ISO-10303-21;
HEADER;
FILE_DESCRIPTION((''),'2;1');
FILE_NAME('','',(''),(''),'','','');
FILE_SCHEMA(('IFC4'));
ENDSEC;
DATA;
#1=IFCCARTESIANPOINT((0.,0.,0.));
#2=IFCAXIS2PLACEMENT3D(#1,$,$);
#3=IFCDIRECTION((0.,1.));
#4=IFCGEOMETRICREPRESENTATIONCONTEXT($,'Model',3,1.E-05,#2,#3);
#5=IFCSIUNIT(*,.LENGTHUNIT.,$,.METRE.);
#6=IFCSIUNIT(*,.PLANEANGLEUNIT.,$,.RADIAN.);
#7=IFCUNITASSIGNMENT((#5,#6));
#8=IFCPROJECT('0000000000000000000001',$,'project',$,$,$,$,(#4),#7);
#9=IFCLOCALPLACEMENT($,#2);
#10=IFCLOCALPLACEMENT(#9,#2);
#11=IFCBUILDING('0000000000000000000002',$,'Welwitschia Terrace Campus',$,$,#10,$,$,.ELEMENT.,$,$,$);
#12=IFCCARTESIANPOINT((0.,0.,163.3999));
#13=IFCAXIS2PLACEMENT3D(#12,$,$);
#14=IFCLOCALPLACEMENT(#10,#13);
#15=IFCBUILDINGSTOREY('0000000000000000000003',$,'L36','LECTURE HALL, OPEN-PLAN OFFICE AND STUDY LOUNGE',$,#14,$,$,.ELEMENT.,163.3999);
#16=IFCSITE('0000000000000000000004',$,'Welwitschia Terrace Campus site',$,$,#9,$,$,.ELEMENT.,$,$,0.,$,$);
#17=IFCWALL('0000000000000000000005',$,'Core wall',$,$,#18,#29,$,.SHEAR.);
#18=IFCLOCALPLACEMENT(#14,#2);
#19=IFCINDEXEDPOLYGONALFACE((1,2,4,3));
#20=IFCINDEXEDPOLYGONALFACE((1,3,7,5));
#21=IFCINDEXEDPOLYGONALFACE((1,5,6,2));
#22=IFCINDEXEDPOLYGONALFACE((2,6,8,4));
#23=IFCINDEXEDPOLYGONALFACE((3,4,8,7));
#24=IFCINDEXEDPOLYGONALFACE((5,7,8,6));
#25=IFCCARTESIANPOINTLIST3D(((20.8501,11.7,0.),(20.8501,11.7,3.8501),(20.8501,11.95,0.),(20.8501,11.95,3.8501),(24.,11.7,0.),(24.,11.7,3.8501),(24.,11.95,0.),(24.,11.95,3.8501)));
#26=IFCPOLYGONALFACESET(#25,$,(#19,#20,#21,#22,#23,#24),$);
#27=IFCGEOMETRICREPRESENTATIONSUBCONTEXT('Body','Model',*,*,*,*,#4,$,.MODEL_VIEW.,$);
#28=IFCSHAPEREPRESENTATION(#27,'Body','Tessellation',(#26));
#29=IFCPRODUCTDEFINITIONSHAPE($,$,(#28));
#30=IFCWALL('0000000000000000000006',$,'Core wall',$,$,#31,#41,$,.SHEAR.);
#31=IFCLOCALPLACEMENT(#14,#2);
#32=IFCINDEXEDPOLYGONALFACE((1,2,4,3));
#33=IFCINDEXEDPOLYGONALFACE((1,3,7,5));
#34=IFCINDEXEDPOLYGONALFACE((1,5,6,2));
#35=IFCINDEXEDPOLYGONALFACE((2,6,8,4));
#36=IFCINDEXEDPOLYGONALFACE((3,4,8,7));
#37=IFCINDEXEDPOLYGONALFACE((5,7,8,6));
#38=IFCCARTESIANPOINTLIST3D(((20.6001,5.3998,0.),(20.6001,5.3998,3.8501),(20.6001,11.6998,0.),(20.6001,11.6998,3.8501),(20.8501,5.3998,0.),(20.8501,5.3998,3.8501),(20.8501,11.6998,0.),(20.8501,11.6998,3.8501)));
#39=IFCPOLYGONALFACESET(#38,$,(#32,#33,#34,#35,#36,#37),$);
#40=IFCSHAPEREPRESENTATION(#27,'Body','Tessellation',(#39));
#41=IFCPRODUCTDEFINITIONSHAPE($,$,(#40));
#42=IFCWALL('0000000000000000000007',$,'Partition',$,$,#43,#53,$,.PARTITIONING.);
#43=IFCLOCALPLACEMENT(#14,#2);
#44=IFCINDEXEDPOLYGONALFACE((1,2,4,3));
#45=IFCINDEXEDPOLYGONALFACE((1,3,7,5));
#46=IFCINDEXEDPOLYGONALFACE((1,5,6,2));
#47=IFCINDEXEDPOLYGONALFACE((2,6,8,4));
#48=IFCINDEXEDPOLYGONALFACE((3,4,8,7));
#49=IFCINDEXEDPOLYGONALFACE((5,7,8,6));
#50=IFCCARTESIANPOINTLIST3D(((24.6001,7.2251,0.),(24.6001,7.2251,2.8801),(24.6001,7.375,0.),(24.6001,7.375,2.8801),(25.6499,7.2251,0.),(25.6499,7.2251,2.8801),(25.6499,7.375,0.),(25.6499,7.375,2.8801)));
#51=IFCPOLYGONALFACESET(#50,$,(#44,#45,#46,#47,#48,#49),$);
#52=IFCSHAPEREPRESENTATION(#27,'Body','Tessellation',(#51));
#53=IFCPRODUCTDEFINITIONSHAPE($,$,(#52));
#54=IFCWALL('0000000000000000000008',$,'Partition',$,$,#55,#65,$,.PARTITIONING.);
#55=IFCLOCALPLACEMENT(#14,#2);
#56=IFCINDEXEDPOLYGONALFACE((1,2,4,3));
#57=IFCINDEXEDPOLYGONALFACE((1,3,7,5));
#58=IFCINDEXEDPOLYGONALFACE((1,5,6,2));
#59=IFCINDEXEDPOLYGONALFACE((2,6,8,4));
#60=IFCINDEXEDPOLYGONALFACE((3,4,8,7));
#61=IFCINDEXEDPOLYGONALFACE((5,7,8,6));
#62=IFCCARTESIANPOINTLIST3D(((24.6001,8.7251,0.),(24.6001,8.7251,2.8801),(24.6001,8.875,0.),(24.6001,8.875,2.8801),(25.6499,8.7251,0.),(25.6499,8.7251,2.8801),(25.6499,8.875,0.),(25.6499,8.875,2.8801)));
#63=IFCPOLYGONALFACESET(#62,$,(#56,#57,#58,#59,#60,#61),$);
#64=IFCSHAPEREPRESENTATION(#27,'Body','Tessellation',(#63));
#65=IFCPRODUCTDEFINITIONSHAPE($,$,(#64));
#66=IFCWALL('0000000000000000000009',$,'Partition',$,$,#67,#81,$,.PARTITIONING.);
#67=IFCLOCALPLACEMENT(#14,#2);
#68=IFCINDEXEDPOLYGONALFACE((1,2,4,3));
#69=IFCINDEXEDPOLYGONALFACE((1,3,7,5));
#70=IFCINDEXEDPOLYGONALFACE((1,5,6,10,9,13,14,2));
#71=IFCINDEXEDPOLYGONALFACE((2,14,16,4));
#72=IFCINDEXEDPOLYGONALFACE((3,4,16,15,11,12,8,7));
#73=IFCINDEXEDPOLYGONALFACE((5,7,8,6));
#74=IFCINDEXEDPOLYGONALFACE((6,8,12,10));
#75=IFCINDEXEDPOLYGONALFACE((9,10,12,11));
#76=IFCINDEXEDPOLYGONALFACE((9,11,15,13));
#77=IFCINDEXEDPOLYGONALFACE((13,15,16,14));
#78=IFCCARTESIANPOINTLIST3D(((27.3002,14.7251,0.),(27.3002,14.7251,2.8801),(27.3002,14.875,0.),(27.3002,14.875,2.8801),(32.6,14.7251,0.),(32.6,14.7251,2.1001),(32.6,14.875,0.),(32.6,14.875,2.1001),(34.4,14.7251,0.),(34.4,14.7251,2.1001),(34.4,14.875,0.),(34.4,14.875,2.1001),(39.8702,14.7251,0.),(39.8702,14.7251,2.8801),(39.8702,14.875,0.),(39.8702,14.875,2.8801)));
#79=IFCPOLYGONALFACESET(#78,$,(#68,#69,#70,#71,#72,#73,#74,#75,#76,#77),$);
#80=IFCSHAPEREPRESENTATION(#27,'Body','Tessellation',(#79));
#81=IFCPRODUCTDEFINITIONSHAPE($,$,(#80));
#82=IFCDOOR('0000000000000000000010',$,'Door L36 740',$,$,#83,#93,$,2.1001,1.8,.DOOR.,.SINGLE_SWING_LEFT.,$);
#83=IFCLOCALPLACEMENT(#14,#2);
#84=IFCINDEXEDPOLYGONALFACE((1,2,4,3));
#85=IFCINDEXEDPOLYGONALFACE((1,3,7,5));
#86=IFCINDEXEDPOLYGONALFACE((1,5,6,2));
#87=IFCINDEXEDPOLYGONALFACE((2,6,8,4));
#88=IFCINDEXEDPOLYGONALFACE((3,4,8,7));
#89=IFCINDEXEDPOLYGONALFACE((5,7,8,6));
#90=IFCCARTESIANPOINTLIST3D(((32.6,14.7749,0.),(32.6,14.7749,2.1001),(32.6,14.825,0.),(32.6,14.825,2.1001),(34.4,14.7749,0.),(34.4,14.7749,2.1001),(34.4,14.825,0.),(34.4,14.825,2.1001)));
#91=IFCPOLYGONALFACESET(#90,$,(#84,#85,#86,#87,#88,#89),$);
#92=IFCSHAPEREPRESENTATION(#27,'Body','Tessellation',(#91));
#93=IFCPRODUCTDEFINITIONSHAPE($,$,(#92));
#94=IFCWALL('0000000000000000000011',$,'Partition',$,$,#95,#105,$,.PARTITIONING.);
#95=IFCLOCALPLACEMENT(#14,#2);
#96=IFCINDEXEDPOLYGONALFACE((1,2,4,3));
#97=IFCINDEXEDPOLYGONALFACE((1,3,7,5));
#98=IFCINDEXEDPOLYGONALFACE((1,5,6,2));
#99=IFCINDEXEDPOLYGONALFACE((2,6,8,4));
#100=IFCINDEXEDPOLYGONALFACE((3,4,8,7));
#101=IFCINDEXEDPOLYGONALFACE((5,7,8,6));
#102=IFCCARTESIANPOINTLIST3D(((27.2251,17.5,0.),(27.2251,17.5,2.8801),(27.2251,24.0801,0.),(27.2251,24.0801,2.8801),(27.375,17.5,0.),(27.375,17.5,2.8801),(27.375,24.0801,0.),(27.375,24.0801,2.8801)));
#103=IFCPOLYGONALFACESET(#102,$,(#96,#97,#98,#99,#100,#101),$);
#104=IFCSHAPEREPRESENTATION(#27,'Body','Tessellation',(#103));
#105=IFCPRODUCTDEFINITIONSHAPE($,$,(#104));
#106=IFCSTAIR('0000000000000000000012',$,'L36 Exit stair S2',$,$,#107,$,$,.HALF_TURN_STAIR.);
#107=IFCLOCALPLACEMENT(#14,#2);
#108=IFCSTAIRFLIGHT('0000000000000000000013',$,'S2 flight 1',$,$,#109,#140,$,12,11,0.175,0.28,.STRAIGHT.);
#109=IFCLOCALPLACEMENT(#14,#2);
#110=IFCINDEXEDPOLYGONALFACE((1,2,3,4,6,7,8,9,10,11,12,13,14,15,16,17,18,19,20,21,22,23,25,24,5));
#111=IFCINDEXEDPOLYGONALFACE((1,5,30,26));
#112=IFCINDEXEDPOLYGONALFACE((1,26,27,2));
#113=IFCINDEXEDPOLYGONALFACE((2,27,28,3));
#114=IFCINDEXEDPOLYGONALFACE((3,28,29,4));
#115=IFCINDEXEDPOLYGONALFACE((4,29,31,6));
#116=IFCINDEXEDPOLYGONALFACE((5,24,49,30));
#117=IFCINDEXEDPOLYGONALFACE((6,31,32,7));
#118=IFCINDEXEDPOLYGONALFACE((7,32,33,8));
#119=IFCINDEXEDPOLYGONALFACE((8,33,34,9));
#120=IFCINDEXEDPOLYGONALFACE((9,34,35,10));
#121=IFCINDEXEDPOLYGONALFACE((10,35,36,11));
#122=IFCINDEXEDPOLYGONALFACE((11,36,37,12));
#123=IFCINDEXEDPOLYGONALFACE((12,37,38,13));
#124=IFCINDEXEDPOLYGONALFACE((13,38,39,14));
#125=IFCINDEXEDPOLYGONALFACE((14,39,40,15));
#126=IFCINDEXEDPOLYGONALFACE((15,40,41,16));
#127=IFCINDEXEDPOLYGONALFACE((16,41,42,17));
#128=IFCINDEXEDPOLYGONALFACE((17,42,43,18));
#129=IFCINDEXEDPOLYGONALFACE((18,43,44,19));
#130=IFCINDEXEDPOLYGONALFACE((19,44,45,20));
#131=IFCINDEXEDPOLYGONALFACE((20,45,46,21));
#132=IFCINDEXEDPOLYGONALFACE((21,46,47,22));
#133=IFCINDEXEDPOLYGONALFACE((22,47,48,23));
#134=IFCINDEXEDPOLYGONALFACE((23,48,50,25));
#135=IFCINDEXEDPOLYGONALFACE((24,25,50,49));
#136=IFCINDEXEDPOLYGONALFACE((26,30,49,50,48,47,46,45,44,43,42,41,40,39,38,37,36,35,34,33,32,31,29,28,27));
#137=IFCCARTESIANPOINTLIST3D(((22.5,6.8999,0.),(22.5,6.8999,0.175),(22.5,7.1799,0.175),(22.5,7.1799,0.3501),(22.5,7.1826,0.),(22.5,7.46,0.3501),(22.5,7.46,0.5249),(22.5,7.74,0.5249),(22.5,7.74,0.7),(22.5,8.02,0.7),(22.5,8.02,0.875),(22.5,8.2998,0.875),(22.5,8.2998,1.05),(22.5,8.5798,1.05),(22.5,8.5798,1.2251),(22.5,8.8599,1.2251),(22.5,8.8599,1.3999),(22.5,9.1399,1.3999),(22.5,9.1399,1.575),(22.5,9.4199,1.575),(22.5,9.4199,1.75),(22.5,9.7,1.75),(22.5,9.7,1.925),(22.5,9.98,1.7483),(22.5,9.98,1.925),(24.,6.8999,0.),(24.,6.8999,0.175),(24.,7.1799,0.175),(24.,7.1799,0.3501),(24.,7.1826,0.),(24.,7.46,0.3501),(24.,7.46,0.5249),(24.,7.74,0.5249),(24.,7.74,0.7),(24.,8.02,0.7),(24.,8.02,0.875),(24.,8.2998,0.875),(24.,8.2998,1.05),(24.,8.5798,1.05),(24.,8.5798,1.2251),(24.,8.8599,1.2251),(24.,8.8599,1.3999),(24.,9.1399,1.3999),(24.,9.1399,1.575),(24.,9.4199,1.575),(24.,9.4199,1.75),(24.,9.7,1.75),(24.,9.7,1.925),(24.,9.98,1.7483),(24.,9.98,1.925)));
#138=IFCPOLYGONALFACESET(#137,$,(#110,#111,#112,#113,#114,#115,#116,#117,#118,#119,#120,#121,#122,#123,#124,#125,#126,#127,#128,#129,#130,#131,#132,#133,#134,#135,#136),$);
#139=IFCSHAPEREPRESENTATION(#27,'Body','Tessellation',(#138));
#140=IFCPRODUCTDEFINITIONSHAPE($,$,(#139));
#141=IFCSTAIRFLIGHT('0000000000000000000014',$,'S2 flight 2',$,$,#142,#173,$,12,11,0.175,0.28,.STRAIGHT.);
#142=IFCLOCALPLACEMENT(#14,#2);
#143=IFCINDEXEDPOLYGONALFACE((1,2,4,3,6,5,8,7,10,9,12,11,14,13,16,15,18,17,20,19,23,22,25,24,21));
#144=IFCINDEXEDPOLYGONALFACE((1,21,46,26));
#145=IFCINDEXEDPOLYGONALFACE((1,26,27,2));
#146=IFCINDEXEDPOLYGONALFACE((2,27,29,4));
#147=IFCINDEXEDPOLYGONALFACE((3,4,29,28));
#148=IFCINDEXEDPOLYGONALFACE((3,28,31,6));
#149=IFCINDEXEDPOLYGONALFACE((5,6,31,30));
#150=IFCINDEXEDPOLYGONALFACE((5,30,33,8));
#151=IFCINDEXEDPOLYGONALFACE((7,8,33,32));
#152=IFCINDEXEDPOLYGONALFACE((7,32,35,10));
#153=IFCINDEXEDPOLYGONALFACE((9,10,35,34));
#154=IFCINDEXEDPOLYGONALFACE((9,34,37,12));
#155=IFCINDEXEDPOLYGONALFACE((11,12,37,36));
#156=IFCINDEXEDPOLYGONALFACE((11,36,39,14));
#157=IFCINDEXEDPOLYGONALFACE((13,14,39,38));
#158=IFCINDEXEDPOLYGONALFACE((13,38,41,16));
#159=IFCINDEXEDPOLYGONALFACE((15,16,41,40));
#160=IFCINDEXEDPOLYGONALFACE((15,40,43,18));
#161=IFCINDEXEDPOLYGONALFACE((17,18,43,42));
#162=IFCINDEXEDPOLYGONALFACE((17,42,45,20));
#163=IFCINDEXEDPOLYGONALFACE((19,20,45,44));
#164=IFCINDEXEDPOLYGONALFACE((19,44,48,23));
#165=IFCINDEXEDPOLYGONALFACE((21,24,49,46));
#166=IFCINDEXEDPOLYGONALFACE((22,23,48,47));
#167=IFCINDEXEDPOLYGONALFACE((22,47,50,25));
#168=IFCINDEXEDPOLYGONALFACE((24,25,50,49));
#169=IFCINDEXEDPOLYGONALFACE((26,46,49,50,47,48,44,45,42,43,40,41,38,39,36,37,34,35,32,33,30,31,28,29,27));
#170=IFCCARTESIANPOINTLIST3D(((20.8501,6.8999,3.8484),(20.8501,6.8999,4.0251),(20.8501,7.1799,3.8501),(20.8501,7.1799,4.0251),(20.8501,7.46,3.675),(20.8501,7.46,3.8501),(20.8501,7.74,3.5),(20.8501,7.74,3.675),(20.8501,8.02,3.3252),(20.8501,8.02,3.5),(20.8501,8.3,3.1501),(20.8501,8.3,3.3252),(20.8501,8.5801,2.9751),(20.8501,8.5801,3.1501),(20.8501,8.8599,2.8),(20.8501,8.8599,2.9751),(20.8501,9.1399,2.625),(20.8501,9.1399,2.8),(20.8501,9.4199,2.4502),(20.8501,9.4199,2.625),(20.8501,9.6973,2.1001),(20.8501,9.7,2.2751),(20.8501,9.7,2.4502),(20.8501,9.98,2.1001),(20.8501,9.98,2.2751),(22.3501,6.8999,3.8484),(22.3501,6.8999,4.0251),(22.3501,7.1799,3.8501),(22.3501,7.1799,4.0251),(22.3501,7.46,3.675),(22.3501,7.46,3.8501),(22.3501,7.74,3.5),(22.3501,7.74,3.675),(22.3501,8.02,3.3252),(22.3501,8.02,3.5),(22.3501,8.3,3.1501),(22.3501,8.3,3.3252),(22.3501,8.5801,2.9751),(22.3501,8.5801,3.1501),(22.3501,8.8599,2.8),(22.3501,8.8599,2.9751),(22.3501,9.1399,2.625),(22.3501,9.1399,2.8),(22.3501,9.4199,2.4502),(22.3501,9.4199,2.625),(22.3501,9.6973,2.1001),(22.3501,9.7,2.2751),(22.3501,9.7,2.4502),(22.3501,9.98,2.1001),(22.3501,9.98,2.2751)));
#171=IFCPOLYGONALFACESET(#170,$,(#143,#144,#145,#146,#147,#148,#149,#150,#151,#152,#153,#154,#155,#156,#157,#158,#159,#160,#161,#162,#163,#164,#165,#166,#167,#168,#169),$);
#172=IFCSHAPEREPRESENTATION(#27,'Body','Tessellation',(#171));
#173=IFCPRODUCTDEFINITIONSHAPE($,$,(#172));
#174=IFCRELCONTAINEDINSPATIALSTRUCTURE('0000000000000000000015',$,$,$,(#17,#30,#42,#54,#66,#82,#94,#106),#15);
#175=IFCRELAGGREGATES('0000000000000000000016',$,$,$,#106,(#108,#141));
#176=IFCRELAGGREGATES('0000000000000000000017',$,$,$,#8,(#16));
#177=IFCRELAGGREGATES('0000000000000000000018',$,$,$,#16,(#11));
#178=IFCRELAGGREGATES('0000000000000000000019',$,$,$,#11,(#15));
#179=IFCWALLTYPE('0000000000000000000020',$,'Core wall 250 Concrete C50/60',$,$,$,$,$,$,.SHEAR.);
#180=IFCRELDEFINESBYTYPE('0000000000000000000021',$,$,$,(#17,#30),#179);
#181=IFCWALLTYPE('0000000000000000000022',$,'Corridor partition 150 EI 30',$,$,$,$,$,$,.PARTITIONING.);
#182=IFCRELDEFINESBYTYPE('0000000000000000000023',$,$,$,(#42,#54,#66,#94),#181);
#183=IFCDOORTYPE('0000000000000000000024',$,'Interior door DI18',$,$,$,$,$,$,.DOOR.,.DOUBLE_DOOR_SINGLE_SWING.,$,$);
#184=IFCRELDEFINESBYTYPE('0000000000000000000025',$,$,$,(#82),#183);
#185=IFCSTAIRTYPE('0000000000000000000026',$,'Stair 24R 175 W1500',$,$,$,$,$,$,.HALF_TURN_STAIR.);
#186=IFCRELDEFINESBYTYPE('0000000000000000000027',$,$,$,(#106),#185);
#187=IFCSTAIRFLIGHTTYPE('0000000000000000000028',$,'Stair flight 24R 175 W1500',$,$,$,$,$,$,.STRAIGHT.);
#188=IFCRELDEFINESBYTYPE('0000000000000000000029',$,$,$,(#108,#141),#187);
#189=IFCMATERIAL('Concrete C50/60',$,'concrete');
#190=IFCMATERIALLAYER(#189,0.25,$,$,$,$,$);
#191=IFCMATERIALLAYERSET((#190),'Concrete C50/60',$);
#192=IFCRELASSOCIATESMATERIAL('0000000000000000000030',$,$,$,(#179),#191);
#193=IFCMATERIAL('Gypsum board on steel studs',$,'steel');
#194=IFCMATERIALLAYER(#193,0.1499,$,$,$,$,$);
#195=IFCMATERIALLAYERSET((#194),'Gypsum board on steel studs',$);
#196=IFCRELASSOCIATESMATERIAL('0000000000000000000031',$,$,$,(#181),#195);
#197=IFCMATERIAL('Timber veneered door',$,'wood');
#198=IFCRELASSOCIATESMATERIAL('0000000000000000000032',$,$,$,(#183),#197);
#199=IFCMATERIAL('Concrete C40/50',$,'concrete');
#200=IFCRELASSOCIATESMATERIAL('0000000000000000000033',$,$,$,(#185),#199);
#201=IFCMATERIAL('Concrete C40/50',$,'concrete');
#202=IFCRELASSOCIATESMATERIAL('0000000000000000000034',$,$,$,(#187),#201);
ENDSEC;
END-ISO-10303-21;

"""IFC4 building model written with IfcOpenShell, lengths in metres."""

from ifc_helpers import new_model, si_unit, direction, frame, frame_2d, origin, place, context, subcontext, project, spatial, polyline, rectangle, outline, extrude, material, layer, layer_set, type_object, element, fill, aggregate, save


model = new_model("IFC4")

# Units and contexts
model_context = context("Model", 3, precision=1e-05, world=origin(), true_north=direction((0.0, 1.0)))
body_context = subcontext(model_context, "Body", "Model", "MODEL_VIEW")
ifc_project = project(units=[si_unit("LENGTHUNIT", "METRE"), si_unit("PLANEANGLEUNIT", "RADIAN")], contexts=[model_context])

# Site, building, storey
site_placement = place(None, origin())
site = spatial("IfcSite", under=ifc_project, at=site_placement, Name="Welwitschia Terrace Campus site", CompositionType="ELEMENT", RefElevation=0.0)
building_placement = place(site_placement, origin())
building = spatial("IfcBuilding", under=site, at=building_placement, Name="Welwitschia Terrace Campus", CompositionType="ELEMENT")
storey_placement = place(building_placement, frame((0.0, 0.0, 163.3999)))
storey = spatial("IfcBuildingStorey", under=building, at=storey_placement, Name="L36", Description="LECTURE HALL, OPEN-PLAN OFFICE AND STUDY LOUNGE", CompositionType="ELEMENT", Elevation=163.3999)

# Walls
ifc_material_1 = material(Name="Concrete C50/60", Category="concrete")
ifc_layer_1 = layer(ifc_material_1, 0.25)
ifc_layer_set_1 = layer_set([ifc_layer_1], Name="Concrete C50/60")
wall_type_1 = type_object("IfcWallType", Name="Core wall 250 Concrete C50/60", PredefinedType="SHEAR", material=ifc_layer_set_1)
wall_1_placement = place(storey_placement, frame((20.8501, 11.825, 0.0), z_axis=(0.0, 0.0, 1.0), x_axis=(1.0, 0.0, 0.0)))
element("IfcWall", 1, at=wall_1_placement, inside=storey, type_object=wall_type_1, Name="Core wall", PredefinedType="SHEAR", context=body_context, shape_type="SweptSolid", body=[
    extrude(rectangle(XDim=3.1499, YDim=0.25, at=frame_2d((1.575, 0.0))), origin(), (0.0, 0.0, 1.0), 3.8501),
])
wall_2_placement = place(storey_placement, frame((20.7251, 5.3999, 0.0), z_axis=(0.0, 0.0, 1.0), x_axis=(0.0, 1.0, 0.0)))
element("IfcWall", 2, at=wall_2_placement, inside=storey, type_object=wall_type_1, Name="Core wall", PredefinedType="SHEAR", context=body_context, shape_type="SweptSolid", body=[
    extrude(rectangle(XDim=6.3, YDim=0.25, at=frame_2d((3.1499, 0.0))), origin(), (0.0, 0.0, 1.0), 3.8501),
])
ifc_material_2 = material(Name="Gypsum board on steel studs", Category="steel")
ifc_layer_2 = layer(ifc_material_2, 0.1499)
ifc_layer_set_2 = layer_set([ifc_layer_2], Name="Gypsum board on steel studs")
wall_type_2 = type_object("IfcWallType", Name="Corridor partition 150 EI 30", PredefinedType="PARTITIONING", material=ifc_layer_set_2)
for number, where, z_axis, x_axis, name in (
    (3, (24.6001, 7.3, 0.0), (0.0, 0.0, 1.0), (1.0, 0.0, 0.0), "Partition"),
    (4, (24.6001, 8.8, 0.0), (0.0, 0.0, 1.0), (1.0, 0.0, 0.0), "Partition"),
):
    element("IfcWall", number, at=place(storey_placement, frame(where, z_axis=z_axis, x_axis=x_axis)), inside=storey, type_object=wall_type_2, Name=name, PredefinedType="PARTITIONING", context=body_context, shape_type="SweptSolid", body=[
        extrude(rectangle(XDim=1.0498, YDim=0.1499, at=frame_2d((0.5249, 0.0))), origin(), (0.0, 0.0, 1.0), 2.8801),
    ])

# Wall, opening, door
wall_3_placement = place(storey_placement, frame((27.3, 14.8, 0.0), z_axis=(0.0, 0.0, 1.0), x_axis=(1.0, 0.0, 0.0)))
wall_3 = element("IfcWall", 5, at=wall_3_placement, inside=storey, type_object=wall_type_2, Name="Partition", PredefinedType="PARTITIONING", context=body_context, shape_type="SweptSolid", body=[
    extrude(rectangle(XDim=12.5701, YDim=0.1499, at=frame_2d((6.2852, 0.0))), origin(), (0.0, 0.0, 1.0), 2.8801),
])
opening_1_placement = place(wall_3_placement, frame((5.3, 0.0, 0.0)))
opening_1 = element("IfcOpeningElement", 6, at=opening_1_placement, cuts=wall_3, PredefinedType="OPENING", context=body_context, shape_type="SweptSolid", body=[
    extrude(rectangle(XDim=1.8, YDim=2.1001, at=frame_2d((0.8999, 1.05))), frame((0.0, 0.085, 0.0), z_axis=(0.0, -1.0, 0.0), x_axis=(1.0, 0.0, 0.0)), (0.0, 0.0, 1.0), 0.1699),
])
ifc_material_3 = material(Name="Timber veneered door", Category="wood")
door_type_1 = type_object("IfcDoorType", Name="Interior door DI18", OperationType="DOUBLE_DOOR_SINGLE_SWING", PredefinedType="DOOR", material=ifc_material_3)
door_1_placement = place(opening_1_placement, origin())
door_1 = element("IfcDoor", 7, at=door_1_placement, inside=storey, type_object=door_type_1, Name="Door L36 740", OperationType="SINGLE_SWING_LEFT", OverallHeight=2.1001, OverallWidth=1.8, PredefinedType="DOOR", context=body_context, shape_type="SweptSolid", body=[
    extrude(rectangle(XDim=1.8, YDim=2.1001, at=frame_2d((0.8999, 1.05))), frame((0.0, 0.0249, 0.0), z_axis=(0.0, -1.0, 0.0), x_axis=(1.0, 0.0, 0.0)), (0.0, 0.0, 1.0), 0.05),
])
fill(opening_1, door_1)

# Wall
wall_4_placement = place(storey_placement, frame((27.3, 17.5, 0.0), z_axis=(0.0, 0.0, 1.0), x_axis=(0.0, 1.0, 0.0)))
element("IfcWall", 8, at=wall_4_placement, inside=storey, type_object=wall_type_2, Name="Partition", PredefinedType="PARTITIONING", context=body_context, shape_type="SweptSolid", body=[
    extrude(rectangle(XDim=6.5801, YDim=0.1499, at=frame_2d((3.29, 0.0))), origin(), (0.0, 0.0, 1.0), 2.8801),
])

# Stair, stair flights
ifc_material_4 = material(Name="Concrete C40/50", Category="concrete")
stair_type = type_object("IfcStairType", Name="Stair 24R 175 W1500", PredefinedType="HALF_TURN_STAIR", material=ifc_material_4)
stair_placement = place(storey_placement, origin())
stair = element("IfcStair", 9, at=stair_placement, inside=storey, type_object=stair_type, Name="L36 Exit stair S2", PredefinedType="HALF_TURN_STAIR")
ifc_material_5 = material(Name="Concrete C40/50", Category="concrete")
stair_flight_type = type_object("IfcStairFlightType", Name="Stair flight 24R 175 W1500", PredefinedType="STRAIGHT", material=ifc_material_5)
stair_flight_1_placement = place(storey_placement, frame((23.25, 6.8999, 0.0), z_axis=(0.0, 0.0, 1.0), x_axis=(0.0, 1.0, 0.0)))
stair_flight_1 = element("IfcStairFlight", 10, at=stair_flight_1_placement, type_object=stair_flight_type, Name="S2 flight 1", NumberOfRisers=12, NumberOfTreads=11, PredefinedType="STRAIGHT", RiserHeight=0.175, TreadLength=0.28, context=body_context, shape_type="SweptSolid", body=[
    extrude(outline(polyline([(0.0, 0.0), (0.0, 0.175), (0.28, 0.175), (0.28, 0.3501), (0.5601, 0.3501), (0.5601, 0.5249), (0.8401, 0.5249), (0.8401, 0.7), (1.1201, 0.7), (1.1201, 0.875), (1.3999, 0.875), (1.3999, 1.05), (1.6799, 1.05), (1.6799, 1.2251), (1.96, 1.2251), (1.96, 1.3999), (2.24, 1.3999), (2.24, 1.575), (2.52, 1.575), (2.52, 1.75), (2.8, 1.75), (2.8, 1.925), (3.0801, 1.925), (3.0801, 2.1001), (3.0801, 1.7483), (0.2827, 0.0), (0.0, 0.0)])), frame((0.0, 0.75, 0.0), z_axis=(0.0, -1.0, 0.0), x_axis=(1.0, 0.0, 0.0)), (0.0, 0.0, 1.0), 1.5),
])
stair_flight_2_placement = place(storey_placement, frame((21.6001, 9.98, 2.1001), z_axis=(0.0, 0.0, 1.0), x_axis=(0.0, -1.0, 0.0)))
stair_flight_2 = element("IfcStairFlight", 11, at=stair_flight_2_placement, type_object=stair_flight_type, Name="S2 flight 2", NumberOfRisers=12, NumberOfTreads=11, PredefinedType="STRAIGHT", RiserHeight=0.175, TreadLength=0.28, context=body_context, shape_type="SweptSolid", body=[
    extrude(outline(polyline([(0.0, 0.0), (0.0, 0.175), (0.28, 0.175), (0.28, 0.3501), (0.5601, 0.3501), (0.5601, 0.5249), (0.8401, 0.5249), (0.8401, 0.7), (1.1201, 0.7), (1.1201, 0.875), (1.3999, 0.875), (1.3999, 1.05), (1.6799, 1.05), (1.6799, 1.2251), (1.96, 1.2251), (1.96, 1.3999), (2.24, 1.3999), (2.24, 1.575), (2.52, 1.575), (2.52, 1.75), (2.8, 1.75), (2.8, 1.925), (3.0801, 1.925), (3.0801, 2.1001), (3.0801, 1.7483), (0.2827, 0.0), (0.0, 0.0)])), frame((0.0, 0.75, 0.0), z_axis=(0.0, -1.0, 0.0), x_axis=(1.0, 0.0, 0.0)), (0.0, 0.0, 1.0), 1.5),
])
aggregate(stair, [stair_flight_1, stair_flight_2])

save(model, "model.ifc")
